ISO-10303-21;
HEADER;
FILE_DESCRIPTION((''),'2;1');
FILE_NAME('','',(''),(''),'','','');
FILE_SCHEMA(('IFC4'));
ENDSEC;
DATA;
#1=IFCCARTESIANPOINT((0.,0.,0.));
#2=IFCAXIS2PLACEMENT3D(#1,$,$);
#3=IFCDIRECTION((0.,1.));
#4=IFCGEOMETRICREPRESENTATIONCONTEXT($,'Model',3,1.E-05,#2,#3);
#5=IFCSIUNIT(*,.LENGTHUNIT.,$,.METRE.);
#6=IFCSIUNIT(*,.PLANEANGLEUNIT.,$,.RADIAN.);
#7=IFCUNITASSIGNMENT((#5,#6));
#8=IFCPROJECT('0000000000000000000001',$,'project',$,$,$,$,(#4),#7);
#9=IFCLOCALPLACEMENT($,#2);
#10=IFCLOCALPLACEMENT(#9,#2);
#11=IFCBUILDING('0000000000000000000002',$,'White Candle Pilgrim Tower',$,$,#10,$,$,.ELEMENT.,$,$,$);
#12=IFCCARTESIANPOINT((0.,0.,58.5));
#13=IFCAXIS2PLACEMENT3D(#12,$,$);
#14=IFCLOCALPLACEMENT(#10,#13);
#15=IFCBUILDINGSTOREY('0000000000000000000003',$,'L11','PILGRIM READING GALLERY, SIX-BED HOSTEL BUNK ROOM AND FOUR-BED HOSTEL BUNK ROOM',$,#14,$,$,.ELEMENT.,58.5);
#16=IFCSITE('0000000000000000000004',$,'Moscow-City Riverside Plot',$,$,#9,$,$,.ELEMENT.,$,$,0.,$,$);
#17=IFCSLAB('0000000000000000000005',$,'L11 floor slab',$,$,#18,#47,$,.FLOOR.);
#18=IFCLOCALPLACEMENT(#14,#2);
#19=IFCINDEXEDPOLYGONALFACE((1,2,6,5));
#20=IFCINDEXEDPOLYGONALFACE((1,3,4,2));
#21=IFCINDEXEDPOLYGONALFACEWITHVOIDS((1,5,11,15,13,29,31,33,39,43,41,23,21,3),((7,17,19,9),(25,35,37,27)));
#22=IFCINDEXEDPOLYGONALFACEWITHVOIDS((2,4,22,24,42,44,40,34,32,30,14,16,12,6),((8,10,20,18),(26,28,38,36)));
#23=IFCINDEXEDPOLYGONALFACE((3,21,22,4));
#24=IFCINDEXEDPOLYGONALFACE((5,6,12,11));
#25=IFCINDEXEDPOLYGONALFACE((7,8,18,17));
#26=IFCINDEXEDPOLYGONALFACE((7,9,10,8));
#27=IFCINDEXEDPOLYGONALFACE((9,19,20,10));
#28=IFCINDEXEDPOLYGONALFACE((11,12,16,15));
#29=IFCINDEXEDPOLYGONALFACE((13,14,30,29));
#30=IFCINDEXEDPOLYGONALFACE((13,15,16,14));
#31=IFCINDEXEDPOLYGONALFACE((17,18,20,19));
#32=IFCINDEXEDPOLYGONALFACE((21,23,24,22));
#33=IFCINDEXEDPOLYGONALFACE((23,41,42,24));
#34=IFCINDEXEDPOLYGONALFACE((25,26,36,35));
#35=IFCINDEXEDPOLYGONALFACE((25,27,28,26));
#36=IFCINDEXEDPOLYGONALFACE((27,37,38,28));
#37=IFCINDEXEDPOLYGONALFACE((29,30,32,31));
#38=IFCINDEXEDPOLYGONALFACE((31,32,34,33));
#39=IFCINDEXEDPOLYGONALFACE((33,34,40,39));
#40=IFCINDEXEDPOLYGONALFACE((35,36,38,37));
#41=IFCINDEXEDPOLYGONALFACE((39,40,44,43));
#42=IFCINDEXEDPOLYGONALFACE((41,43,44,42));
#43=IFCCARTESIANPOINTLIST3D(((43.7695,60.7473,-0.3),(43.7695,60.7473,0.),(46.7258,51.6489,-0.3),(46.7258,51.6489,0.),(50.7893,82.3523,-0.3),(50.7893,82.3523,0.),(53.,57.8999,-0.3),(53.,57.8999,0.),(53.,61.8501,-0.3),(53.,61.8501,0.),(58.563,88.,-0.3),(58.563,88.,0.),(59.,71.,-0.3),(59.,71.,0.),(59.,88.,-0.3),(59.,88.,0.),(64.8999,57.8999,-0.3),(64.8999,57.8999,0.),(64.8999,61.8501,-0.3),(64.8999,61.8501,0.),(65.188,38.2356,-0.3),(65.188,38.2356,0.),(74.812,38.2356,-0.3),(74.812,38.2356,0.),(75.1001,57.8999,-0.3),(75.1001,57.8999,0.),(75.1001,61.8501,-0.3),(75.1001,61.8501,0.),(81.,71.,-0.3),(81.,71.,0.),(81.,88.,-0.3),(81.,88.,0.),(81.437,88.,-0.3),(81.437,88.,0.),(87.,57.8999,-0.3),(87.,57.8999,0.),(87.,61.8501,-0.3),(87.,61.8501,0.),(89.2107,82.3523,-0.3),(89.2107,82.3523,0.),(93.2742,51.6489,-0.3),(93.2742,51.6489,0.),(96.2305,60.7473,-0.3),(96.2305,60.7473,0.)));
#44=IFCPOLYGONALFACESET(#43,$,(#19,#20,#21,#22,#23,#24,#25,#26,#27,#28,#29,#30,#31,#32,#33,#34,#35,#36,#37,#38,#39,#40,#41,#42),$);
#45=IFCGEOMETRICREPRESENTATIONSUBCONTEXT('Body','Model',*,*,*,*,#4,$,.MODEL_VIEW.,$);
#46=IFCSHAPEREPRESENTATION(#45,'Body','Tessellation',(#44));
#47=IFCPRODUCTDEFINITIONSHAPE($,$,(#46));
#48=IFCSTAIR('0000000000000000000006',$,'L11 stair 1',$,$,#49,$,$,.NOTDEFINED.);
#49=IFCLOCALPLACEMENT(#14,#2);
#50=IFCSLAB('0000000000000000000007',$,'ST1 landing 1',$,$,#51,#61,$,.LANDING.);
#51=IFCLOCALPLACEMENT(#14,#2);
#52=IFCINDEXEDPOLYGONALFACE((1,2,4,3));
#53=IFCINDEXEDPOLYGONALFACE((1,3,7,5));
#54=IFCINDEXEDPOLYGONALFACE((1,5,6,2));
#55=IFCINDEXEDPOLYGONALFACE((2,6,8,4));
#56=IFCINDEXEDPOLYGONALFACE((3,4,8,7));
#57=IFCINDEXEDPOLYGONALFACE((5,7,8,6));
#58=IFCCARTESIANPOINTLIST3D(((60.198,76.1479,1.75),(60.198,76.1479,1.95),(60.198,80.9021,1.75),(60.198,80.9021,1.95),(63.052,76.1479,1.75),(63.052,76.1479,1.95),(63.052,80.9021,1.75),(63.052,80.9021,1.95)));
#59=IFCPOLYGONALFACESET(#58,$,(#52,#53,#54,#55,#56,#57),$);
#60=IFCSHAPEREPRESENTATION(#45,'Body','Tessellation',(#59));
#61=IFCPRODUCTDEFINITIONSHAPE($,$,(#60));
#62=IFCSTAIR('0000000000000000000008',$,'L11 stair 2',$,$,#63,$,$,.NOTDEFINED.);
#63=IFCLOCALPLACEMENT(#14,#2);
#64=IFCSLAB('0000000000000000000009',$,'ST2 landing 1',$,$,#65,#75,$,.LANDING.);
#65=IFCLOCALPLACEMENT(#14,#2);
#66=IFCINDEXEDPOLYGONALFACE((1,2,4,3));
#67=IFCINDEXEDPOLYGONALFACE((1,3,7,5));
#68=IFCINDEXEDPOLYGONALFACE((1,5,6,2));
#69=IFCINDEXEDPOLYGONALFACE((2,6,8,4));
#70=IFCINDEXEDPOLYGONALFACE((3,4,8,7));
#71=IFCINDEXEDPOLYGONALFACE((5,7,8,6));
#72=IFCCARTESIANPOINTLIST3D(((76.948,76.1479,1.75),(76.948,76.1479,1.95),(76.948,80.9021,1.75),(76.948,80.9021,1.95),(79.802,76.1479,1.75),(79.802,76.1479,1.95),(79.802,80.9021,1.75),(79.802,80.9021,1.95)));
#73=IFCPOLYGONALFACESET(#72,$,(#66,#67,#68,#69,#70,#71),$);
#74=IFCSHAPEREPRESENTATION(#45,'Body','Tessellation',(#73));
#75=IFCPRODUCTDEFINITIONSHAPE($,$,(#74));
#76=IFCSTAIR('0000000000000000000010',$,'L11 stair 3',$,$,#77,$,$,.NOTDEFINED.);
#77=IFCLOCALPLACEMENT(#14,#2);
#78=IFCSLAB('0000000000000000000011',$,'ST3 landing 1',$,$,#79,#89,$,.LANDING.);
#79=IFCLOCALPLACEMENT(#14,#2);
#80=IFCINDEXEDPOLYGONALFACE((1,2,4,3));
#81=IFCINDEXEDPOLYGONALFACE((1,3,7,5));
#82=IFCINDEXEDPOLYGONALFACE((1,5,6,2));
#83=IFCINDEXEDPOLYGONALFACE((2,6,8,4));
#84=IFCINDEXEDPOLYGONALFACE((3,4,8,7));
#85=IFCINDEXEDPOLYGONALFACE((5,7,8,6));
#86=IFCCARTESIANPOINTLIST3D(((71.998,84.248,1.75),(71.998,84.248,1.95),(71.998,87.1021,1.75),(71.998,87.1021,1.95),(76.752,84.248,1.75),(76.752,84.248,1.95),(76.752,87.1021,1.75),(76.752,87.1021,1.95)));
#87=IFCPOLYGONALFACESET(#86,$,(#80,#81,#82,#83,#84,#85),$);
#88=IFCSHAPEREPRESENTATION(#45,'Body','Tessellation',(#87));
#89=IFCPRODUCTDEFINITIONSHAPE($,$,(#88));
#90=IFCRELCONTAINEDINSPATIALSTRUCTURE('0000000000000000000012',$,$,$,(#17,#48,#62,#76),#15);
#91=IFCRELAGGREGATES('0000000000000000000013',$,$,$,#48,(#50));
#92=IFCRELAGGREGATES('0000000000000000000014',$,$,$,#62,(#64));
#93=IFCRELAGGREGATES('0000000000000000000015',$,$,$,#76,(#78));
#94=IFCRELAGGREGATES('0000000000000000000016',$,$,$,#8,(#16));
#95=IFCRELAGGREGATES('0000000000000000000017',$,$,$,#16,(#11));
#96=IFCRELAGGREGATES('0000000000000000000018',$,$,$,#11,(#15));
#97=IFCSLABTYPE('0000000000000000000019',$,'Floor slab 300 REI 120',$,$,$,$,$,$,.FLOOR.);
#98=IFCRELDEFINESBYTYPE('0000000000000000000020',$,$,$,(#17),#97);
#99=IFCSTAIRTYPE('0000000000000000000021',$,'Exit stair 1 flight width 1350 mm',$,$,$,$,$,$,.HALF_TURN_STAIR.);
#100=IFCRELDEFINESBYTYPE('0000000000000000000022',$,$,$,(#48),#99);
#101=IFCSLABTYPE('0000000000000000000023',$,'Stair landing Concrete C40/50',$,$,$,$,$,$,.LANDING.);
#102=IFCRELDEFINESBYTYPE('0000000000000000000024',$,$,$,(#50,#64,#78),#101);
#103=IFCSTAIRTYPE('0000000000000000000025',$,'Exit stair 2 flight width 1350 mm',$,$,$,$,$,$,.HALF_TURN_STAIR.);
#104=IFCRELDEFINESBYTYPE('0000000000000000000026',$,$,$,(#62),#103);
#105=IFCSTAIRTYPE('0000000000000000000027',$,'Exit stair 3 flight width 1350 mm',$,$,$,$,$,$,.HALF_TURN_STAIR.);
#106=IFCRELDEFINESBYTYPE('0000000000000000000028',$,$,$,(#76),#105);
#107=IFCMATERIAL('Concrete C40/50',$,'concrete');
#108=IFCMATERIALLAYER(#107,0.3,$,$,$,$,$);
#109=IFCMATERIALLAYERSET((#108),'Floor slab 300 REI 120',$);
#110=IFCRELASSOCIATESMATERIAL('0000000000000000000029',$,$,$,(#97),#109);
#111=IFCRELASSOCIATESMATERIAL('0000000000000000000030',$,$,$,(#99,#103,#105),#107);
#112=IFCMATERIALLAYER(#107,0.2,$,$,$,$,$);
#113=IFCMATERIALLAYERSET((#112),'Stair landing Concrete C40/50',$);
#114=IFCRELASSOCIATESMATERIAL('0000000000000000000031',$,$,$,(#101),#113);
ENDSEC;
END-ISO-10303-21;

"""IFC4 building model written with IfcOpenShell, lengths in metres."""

from ifc_helpers import new_model, si_unit, direction, frame, origin, place, context, subcontext, project, spatial, polyline, outline, extrude, material, layer, layer_set, type_object, element, aggregate, save


model = new_model("IFC4")

# Units and contexts
model_context = context("Model", 3, precision=1e-05, world=origin(), true_north=direction((0.0, 1.0)))
body_context = subcontext(model_context, "Body", "Model", "MODEL_VIEW")
ifc_project = project(units=[si_unit("LENGTHUNIT", "METRE"), si_unit("PLANEANGLEUNIT", "RADIAN")], contexts=[model_context])

# Site, building, storey
site_placement = place(None, origin())
site = spatial("IfcSite", under=ifc_project, at=site_placement, Name="Moscow-City Riverside Plot", CompositionType="ELEMENT", RefElevation=0.0)
building_placement = place(site_placement, origin())
building = spatial("IfcBuilding", under=site, at=building_placement, Name="White Candle Pilgrim Tower", CompositionType="ELEMENT")
storey_placement = place(building_placement, frame((0.0, 0.0, 58.5)))
storey = spatial("IfcBuildingStorey", under=building, at=storey_placement, Name="L11", Description="PILGRIM READING GALLERY, SIX-BED HOSTEL BUNK ROOM AND FOUR-BED HOSTEL BUNK ROOM", CompositionType="ELEMENT", Elevation=58.5)

# Slab
ifc_material = material(Name="Concrete C40/50", Category="concrete")
ifc_layer_1 = layer(ifc_material, 0.3)
ifc_layer_set_1 = layer_set([ifc_layer_1], Name="Floor slab 300 REI 120")
slab_type_1 = type_object("IfcSlabType", Name="Floor slab 300 REI 120", PredefinedType="FLOOR", material=ifc_layer_set_1)
slab_1_placement = place(storey_placement, frame((0.0, 0.0, -0.3)))
element("IfcSlab", 1, at=slab_1_placement, inside=storey, type_object=slab_type_1, Name="L11 floor slab", PredefinedType="FLOOR", context=body_context, shape_type="SweptSolid", body=[
    extrude(outline(polyline([(65.188, 38.2356), (74.812, 38.2356), (93.2742, 51.6489), (96.2305, 60.7473), (89.2107, 82.3523), (81.437, 88.0), (81.0, 88.0), (81.0, 71.0), (59.0, 71.0), (59.0, 88.0), (58.563, 88.0), (50.7893, 82.3523), (43.7695, 60.7473), (46.7258, 51.6489), (65.188, 38.2356)]), holes=[polyline([(53.0, 57.8999), (53.0, 61.8501), (64.8999, 61.8501), (64.8999, 57.8999), (53.0, 57.8999)]), polyline([(75.1001, 57.8999), (75.1001, 61.8501), (87.0, 61.8501), (87.0, 57.8999), (75.1001, 57.8999)])]), origin(), (0.0, 0.0, 1.0), 0.3),
])

# Stairs, slabs
stair_type_1 = type_object("IfcStairType", Name="Exit stair 1 flight width 1350 mm", PredefinedType="HALF_TURN_STAIR", material=ifc_material)
stair_1_placement = place(storey_placement, origin())
stair_1 = element("IfcStair", 2, at=stair_1_placement, inside=storey, type_object=stair_type_1, Name="L11 stair 1", PredefinedType="NOTDEFINED")
ifc_layer_2 = layer(ifc_material, 0.2)
ifc_layer_set_2 = layer_set([ifc_layer_2], Name="Stair landing Concrete C40/50")
slab_type_2 = type_object("IfcSlabType", Name="Stair landing Concrete C40/50", PredefinedType="LANDING", material=ifc_layer_set_2)
slab_2_placement = place(storey_placement, frame((0.0, 0.0, 1.75)))
slab_2 = element("IfcSlab", 3, at=slab_2_placement, type_object=slab_type_2, Name="ST1 landing 1", PredefinedType="LANDING", context=body_context, shape_type="SweptSolid", body=[
    extrude(outline(polyline([(63.052, 76.1479), (60.198, 76.1479), (60.198, 80.9021), (63.052, 80.9021), (63.052, 76.1479)])), origin(), (0.0, 0.0, 1.0), 0.2),
])
aggregate(stair_1, [slab_2])
stair_type_2 = type_object("IfcStairType", Name="Exit stair 2 flight width 1350 mm", PredefinedType="HALF_TURN_STAIR", material=ifc_material)
stair_2_placement = place(storey_placement, origin())
stair_2 = element("IfcStair", 4, at=stair_2_placement, inside=storey, type_object=stair_type_2, Name="L11 stair 2", PredefinedType="NOTDEFINED")
slab_3_placement = place(storey_placement, frame((0.0, 0.0, 1.75)))
slab_3 = element("IfcSlab", 5, at=slab_3_placement, type_object=slab_type_2, Name="ST2 landing 1", PredefinedType="LANDING", context=body_context, shape_type="SweptSolid", body=[
    extrude(outline(polyline([(79.802, 76.1479), (76.948, 76.1479), (76.948, 80.9021), (79.802, 80.9021), (79.802, 76.1479)])), origin(), (0.0, 0.0, 1.0), 0.2),
])
aggregate(stair_2, [slab_3])
stair_type_3 = type_object("IfcStairType", Name="Exit stair 3 flight width 1350 mm", PredefinedType="HALF_TURN_STAIR", material=ifc_material)
stair_3_placement = place(storey_placement, origin())
stair_3 = element("IfcStair", 6, at=stair_3_placement, inside=storey, type_object=stair_type_3, Name="L11 stair 3", PredefinedType="NOTDEFINED")
slab_4_placement = place(storey_placement, frame((0.0, 0.0, 1.75)))
slab_4 = element("IfcSlab", 7, at=slab_4_placement, type_object=slab_type_2, Name="ST3 landing 1", PredefinedType="LANDING", context=body_context, shape_type="SweptSolid", body=[
    extrude(outline(polyline([(71.998, 84.248), (71.998, 87.1021), (76.752, 87.1021), (76.752, 84.248), (71.998, 84.248)])), origin(), (0.0, 0.0, 1.0), 0.2),
])
aggregate(stair_3, [slab_4])

save(model, "model.ifc")
